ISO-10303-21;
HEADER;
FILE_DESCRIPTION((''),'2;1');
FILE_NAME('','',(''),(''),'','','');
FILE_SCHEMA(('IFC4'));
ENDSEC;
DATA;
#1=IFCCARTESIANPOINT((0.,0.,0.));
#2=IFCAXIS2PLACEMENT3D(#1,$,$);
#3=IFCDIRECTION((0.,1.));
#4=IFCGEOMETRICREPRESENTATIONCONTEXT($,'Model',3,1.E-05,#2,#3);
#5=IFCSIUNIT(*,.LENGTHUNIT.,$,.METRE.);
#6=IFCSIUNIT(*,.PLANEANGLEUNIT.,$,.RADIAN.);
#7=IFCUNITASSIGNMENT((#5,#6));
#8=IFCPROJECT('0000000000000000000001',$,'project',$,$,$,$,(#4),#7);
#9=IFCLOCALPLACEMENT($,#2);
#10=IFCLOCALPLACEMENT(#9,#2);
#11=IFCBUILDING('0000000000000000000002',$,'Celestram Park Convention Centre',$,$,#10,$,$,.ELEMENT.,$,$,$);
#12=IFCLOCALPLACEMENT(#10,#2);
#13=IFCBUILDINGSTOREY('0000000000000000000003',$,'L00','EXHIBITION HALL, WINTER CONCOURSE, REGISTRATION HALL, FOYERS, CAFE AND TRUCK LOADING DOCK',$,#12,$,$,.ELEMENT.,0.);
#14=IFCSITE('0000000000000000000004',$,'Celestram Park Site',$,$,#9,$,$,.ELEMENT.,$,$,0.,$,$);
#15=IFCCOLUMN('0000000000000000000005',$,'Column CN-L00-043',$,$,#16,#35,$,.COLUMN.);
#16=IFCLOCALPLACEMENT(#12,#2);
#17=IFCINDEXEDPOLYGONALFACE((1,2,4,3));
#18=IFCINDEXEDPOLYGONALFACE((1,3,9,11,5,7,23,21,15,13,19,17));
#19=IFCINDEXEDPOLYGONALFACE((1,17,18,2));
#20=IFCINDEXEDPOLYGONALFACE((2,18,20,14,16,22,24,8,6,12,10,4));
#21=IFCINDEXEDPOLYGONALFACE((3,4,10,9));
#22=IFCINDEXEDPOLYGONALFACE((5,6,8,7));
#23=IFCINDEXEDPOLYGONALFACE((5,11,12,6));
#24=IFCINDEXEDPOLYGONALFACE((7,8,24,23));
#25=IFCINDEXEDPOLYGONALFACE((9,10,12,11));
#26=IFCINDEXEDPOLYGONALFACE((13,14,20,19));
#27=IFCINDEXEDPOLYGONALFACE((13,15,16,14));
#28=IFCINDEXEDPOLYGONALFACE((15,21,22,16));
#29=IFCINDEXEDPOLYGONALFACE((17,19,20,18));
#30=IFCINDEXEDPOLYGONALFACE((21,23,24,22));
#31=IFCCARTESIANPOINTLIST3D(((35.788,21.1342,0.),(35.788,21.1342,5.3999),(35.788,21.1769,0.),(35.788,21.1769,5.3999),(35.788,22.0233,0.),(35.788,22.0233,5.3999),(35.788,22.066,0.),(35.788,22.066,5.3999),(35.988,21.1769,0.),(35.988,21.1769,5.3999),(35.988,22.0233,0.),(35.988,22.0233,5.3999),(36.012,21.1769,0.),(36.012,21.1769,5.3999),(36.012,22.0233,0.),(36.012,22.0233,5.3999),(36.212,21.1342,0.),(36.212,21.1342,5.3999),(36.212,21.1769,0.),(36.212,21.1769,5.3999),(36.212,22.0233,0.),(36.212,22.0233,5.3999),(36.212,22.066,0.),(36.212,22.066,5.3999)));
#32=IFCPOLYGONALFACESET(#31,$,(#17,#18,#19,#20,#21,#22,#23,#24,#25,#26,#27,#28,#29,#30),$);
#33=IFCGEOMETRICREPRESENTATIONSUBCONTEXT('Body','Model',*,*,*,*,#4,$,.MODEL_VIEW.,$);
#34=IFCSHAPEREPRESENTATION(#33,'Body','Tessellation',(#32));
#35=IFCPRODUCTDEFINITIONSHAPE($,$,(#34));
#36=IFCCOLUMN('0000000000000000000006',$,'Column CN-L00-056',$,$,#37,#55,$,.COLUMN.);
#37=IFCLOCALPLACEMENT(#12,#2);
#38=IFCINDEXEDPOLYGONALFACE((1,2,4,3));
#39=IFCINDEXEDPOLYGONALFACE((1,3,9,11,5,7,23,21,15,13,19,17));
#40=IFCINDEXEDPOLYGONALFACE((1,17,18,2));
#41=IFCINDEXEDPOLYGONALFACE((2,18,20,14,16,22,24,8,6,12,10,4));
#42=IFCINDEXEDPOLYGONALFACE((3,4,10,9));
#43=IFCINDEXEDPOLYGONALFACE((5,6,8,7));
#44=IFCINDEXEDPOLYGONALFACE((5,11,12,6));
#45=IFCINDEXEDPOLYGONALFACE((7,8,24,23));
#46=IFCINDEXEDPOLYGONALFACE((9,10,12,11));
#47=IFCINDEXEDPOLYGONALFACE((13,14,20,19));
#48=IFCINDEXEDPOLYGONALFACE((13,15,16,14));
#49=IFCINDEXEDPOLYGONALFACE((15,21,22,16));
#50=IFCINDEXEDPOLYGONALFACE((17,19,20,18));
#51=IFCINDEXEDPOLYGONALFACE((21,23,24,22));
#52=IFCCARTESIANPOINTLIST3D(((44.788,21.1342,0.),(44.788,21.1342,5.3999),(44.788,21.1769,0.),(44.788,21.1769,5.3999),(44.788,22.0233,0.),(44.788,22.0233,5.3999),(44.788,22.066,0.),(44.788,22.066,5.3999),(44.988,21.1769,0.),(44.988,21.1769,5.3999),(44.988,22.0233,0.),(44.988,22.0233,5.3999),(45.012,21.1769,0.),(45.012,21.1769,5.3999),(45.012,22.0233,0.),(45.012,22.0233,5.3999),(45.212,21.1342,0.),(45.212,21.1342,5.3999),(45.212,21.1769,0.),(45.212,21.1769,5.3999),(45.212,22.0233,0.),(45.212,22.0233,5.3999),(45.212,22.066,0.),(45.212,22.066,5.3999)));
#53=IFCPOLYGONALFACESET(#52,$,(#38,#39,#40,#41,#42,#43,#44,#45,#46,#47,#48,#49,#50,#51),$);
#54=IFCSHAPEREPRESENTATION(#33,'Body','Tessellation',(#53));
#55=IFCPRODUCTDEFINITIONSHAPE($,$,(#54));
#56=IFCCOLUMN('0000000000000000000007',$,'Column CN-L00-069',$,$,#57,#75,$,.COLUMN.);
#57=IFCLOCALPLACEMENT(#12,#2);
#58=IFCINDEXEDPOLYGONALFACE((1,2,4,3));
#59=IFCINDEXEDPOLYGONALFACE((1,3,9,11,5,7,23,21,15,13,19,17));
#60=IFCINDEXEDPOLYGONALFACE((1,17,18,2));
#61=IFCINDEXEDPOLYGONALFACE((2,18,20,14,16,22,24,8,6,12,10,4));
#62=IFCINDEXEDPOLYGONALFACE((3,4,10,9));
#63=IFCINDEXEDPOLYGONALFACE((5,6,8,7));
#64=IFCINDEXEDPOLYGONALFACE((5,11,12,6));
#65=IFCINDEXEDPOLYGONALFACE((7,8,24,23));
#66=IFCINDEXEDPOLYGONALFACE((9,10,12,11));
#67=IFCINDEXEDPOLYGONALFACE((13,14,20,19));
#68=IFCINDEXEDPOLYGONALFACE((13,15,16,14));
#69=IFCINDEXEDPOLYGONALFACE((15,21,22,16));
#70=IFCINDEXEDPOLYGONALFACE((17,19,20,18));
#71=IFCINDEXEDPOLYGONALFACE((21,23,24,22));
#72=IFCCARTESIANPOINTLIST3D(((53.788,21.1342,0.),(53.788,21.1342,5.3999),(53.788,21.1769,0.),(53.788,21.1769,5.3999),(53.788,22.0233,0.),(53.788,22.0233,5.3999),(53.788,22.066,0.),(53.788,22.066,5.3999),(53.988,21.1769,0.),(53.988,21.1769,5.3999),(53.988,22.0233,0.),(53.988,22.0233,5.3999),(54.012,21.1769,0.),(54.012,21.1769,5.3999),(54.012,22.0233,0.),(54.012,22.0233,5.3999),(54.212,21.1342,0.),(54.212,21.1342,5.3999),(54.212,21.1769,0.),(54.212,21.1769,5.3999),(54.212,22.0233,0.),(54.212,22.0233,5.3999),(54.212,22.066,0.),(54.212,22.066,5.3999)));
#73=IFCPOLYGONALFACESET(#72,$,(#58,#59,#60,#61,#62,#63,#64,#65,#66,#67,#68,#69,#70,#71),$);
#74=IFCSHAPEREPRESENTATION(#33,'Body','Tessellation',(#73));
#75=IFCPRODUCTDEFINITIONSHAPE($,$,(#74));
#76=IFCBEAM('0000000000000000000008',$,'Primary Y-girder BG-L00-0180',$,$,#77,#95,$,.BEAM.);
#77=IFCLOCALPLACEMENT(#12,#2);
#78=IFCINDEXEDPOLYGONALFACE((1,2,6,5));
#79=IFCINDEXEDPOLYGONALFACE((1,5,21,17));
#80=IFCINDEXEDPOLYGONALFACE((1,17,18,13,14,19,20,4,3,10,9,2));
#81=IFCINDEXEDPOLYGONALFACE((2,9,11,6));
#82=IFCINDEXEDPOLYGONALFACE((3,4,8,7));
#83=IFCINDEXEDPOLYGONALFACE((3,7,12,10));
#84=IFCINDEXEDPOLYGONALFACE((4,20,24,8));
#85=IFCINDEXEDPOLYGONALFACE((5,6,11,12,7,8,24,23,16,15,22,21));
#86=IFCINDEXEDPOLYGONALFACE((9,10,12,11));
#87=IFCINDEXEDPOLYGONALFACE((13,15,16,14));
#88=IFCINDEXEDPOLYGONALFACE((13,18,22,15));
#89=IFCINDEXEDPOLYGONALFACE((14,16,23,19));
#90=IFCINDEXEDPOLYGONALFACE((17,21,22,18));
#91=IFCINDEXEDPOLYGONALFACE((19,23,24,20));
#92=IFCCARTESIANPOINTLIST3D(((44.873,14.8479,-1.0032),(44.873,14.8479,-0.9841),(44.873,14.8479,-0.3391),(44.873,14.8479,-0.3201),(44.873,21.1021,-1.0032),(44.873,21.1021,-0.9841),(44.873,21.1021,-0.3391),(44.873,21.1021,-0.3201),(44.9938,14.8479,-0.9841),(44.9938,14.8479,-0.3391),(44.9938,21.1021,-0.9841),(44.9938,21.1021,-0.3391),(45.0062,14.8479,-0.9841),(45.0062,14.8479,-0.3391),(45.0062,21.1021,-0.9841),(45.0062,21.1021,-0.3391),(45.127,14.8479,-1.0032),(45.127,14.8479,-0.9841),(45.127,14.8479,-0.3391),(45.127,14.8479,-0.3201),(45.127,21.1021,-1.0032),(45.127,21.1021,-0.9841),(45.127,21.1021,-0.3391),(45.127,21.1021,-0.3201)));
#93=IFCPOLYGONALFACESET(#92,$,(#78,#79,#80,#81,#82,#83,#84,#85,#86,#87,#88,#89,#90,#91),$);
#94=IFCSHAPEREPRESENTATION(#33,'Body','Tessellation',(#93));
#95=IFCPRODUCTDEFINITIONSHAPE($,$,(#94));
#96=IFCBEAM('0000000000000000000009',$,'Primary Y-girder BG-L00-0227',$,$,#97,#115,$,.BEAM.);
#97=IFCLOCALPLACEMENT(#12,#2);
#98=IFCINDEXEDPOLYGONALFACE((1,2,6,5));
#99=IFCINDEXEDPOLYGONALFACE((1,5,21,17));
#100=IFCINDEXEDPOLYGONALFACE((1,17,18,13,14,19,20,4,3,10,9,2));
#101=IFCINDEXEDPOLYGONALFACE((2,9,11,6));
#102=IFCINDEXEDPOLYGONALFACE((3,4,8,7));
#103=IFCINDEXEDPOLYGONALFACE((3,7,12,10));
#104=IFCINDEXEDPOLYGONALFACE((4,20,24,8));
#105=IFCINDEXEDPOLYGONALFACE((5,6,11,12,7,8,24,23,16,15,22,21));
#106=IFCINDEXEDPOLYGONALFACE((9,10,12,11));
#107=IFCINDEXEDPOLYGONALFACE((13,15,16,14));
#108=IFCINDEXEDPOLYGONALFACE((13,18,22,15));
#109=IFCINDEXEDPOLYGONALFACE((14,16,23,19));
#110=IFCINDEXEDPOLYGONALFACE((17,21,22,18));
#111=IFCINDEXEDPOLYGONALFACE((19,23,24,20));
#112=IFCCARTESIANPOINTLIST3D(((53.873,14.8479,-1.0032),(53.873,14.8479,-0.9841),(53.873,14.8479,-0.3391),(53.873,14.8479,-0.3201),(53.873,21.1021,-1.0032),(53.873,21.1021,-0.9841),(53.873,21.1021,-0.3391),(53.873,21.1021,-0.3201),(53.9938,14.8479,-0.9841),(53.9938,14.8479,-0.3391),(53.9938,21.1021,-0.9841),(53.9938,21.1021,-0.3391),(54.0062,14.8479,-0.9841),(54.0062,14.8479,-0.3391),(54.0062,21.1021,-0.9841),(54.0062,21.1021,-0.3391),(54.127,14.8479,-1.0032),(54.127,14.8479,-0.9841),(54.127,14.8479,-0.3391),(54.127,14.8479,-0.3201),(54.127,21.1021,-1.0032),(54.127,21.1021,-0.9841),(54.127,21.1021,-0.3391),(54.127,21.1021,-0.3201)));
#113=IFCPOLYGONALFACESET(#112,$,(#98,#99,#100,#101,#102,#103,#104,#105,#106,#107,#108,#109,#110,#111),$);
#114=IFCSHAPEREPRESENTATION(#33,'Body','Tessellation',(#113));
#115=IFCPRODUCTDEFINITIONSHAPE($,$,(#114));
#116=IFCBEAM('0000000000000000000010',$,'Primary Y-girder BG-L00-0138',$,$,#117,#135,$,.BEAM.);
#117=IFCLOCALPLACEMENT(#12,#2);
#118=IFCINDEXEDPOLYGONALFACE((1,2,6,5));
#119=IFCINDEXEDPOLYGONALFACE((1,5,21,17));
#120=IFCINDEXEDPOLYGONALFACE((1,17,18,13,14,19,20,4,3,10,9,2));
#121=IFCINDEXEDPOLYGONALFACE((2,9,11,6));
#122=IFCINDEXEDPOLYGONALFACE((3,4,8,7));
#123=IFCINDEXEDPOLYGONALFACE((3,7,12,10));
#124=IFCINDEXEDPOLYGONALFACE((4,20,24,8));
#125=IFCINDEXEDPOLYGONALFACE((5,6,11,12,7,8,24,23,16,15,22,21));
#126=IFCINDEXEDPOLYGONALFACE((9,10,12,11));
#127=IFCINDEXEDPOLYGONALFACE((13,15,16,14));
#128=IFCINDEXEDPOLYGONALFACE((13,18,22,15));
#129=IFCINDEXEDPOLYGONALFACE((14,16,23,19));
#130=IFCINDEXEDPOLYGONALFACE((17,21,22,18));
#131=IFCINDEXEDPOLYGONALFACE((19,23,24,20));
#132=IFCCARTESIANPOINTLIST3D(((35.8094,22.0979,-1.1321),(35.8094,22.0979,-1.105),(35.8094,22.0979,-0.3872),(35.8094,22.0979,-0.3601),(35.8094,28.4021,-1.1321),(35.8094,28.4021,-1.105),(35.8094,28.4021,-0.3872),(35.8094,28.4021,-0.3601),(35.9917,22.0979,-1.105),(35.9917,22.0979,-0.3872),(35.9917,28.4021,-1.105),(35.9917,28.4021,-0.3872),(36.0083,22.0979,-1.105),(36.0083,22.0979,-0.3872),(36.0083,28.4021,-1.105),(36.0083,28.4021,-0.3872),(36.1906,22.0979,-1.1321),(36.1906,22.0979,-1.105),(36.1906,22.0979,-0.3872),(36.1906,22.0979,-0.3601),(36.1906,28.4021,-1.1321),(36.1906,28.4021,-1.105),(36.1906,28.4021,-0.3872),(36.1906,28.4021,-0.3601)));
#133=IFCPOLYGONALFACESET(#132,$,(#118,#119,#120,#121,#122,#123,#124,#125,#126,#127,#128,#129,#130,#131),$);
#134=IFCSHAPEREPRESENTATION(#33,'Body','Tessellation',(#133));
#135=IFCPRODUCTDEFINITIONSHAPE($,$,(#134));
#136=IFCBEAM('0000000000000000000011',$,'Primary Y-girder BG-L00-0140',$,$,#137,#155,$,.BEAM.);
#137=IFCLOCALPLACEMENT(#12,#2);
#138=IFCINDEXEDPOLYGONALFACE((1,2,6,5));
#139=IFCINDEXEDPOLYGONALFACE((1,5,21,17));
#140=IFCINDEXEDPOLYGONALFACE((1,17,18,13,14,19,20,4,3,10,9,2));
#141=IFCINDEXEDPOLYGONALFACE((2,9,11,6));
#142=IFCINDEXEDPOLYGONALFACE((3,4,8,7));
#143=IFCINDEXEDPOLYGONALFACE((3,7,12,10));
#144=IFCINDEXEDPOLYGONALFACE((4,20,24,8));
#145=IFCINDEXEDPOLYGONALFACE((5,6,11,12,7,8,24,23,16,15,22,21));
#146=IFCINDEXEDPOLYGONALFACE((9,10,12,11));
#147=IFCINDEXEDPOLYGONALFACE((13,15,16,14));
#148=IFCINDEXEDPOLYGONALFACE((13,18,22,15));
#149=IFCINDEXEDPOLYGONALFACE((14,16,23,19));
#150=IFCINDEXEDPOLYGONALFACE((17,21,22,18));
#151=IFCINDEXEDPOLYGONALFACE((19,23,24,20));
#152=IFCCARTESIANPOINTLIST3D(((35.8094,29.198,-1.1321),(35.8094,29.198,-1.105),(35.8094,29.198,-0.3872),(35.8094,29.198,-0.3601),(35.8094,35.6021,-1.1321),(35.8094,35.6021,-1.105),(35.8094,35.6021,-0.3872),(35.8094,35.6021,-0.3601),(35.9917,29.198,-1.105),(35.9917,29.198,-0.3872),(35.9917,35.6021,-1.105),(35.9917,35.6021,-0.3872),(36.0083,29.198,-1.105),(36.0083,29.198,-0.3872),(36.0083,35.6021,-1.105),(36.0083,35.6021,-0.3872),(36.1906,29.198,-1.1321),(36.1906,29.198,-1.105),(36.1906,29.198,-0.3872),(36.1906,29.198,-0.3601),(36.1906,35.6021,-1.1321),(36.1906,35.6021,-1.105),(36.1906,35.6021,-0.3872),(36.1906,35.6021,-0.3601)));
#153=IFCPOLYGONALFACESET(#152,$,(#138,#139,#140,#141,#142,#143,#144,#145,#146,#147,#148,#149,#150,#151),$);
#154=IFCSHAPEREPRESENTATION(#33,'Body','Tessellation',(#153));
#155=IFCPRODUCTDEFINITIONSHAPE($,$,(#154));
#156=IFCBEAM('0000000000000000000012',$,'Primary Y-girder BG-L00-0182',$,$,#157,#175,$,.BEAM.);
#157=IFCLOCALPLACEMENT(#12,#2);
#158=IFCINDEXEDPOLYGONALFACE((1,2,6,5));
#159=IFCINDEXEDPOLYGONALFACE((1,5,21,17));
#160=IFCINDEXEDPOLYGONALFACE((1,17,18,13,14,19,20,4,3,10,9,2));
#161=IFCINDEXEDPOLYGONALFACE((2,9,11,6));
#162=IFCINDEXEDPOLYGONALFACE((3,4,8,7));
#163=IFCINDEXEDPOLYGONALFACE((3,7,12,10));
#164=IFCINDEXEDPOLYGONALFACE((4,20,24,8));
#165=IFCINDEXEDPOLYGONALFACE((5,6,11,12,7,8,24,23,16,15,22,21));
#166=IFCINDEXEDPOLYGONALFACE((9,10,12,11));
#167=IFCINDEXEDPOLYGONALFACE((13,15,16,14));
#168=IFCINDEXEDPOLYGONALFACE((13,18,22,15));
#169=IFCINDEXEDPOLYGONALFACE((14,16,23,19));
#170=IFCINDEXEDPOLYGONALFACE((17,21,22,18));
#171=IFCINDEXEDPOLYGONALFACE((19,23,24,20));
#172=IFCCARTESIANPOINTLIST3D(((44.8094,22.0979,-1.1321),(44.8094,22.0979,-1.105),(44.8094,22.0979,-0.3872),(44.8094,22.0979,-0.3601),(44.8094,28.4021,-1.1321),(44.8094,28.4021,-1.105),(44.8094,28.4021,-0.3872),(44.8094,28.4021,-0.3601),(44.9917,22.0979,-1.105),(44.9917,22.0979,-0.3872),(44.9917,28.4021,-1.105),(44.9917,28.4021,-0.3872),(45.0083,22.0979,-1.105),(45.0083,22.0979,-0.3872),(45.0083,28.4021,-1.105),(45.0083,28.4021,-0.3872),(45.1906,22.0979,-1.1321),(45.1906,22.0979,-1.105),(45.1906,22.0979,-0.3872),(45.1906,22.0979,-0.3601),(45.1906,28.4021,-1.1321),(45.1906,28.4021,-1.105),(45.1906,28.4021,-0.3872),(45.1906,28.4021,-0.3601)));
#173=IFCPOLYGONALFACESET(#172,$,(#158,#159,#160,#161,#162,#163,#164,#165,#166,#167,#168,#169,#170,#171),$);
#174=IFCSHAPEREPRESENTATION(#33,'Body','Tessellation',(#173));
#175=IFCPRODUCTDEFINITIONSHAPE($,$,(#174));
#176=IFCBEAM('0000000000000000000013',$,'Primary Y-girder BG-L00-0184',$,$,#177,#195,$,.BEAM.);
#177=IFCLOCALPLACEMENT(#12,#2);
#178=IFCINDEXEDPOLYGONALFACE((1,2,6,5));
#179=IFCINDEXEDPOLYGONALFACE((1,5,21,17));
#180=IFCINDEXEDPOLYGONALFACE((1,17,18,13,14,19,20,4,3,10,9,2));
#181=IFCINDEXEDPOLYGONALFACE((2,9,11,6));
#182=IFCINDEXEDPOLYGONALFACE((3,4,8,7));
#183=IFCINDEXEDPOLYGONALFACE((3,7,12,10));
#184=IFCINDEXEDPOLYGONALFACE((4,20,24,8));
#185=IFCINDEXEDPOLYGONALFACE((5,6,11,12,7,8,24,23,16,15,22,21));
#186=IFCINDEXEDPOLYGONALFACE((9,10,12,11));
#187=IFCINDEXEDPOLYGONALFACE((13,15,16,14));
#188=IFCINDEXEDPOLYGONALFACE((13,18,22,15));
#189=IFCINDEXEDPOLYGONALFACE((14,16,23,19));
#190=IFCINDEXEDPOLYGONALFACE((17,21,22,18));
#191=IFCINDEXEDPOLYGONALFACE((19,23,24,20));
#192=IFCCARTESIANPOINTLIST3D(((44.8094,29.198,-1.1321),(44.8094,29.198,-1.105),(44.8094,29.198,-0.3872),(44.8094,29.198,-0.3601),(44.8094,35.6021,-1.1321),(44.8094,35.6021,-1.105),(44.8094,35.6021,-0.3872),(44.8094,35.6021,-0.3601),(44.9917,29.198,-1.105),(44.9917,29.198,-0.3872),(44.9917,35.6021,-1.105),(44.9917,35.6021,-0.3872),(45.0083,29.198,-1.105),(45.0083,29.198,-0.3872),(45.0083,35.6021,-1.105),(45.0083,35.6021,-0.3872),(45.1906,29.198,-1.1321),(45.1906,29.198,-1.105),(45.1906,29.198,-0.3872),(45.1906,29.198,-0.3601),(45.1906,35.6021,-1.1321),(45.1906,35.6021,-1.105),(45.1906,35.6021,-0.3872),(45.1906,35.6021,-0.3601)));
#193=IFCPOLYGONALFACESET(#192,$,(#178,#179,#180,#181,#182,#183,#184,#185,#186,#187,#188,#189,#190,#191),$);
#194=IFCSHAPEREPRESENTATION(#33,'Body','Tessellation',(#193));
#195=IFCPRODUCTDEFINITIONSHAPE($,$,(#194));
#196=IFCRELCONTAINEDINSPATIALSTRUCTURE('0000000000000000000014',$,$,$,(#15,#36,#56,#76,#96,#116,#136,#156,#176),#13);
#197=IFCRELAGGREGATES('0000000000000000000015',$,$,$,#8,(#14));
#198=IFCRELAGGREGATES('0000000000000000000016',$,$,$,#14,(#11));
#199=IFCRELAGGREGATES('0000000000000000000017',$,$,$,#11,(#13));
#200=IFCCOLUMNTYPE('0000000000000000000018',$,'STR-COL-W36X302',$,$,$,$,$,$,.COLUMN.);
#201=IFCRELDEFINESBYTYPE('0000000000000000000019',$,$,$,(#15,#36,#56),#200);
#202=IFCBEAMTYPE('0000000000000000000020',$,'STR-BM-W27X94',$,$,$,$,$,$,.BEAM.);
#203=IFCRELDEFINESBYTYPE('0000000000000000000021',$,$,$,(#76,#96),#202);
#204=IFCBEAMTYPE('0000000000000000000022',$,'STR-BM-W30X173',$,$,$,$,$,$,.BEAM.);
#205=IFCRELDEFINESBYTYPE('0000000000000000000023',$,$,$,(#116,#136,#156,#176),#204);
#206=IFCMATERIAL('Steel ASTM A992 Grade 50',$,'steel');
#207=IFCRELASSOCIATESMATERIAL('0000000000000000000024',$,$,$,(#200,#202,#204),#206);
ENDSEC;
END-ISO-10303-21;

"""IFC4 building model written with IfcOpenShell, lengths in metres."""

from ifc_helpers import new_model, si_unit, direction, frame, origin, origin_2d, place, context, subcontext, project, spatial, i_section, extrude, material, material_profile, profile_set, type_object, element, save


model = new_model("IFC4")

# Units and contexts
model_context = context("Model", 3, precision=1e-05, world=origin(), true_north=direction((0.0, 1.0)))
body_context = subcontext(model_context, "Body", "Model", "MODEL_VIEW")
ifc_project = project(units=[si_unit("LENGTHUNIT", "METRE"), si_unit("PLANEANGLEUNIT", "RADIAN")], contexts=[model_context])

# Site, building, storey
site_placement = place(None, origin())
site = spatial("IfcSite", under=ifc_project, at=site_placement, Name="Celestram Park Site", CompositionType="ELEMENT", RefElevation=0.0)
building_placement = place(site_placement, origin())
building = spatial("IfcBuilding", under=site, at=building_placement, Name="Celestram Park Convention Centre", CompositionType="ELEMENT")
storey_placement = place(building_placement, origin())
storey = spatial("IfcBuildingStorey", under=building, at=storey_placement, Name="L00", Description="EXHIBITION HALL, WINTER CONCOURSE, REGISTRATION HALL, FOYERS, CAFE AND TRUCK LOADING DOCK", CompositionType="ELEMENT", Elevation=0.0)

# Columns
ifc_material_1 = material(Name="Steel ASTM A992 Grade 50", Category="steel")
ifc_material_profile_1 = material_profile(ifc_material_1, i_section(OverallWidth=0.4241, OverallDepth=0.9319, WebThickness=0.0239, FlangeThickness=0.0427, at=origin_2d()), Name="W36X302")
ifc_profile_set_1 = profile_set([ifc_material_profile_1], Name="Steel ASTM A992 Grade 50")
column_type = type_object("IfcColumnType", Name="STR-COL-W36X302", PredefinedType="COLUMN", material=ifc_profile_set_1)
for number, where, z_axis, x_axis, name in (
    (1, (36.0, 21.6001, 0.0), (0.0, 0.0, 1.0), (1.0, 0.0, 0.0), "Column CN-L00-043"),
    (2, (45.0, 21.6001, 0.0), (0.0, 0.0, 1.0), (1.0, 0.0, 0.0), "Column CN-L00-056"),
    (3, (54.0, 21.6001, 0.0), (0.0, 0.0, 1.0), (1.0, 0.0, 0.0), "Column CN-L00-069"),
):
    element("IfcColumn", number, at=place(storey_placement, frame(where, z_axis=z_axis, x_axis=x_axis)), inside=storey, type_object=column_type, Name=name, PredefinedType="COLUMN", context=body_context, shape_type="SweptSolid", body=[
        extrude(i_section(OverallWidth=0.4241, OverallDepth=0.9319, WebThickness=0.0239, FlangeThickness=0.0427, at=origin_2d()), origin(), (0.0, 0.0, 1.0), 5.3999),
    ])

# Beams
ifc_material_profile_2 = material_profile(ifc_material_1, i_section(OverallWidth=0.2539, OverallDepth=0.6831, WebThickness=0.0125, FlangeThickness=0.019, at=origin_2d()), Name="W27X94")
ifc_profile_set_2 = profile_set([ifc_material_profile_2], Name="Steel ASTM A992 Grade 50")
beam_type_1 = type_object("IfcBeamType", Name="STR-BM-W27X94", PredefinedType="BEAM", material=ifc_profile_set_2)
for number, where, z_axis, x_axis, name in (
    (4, (45.0, 14.8479, -0.6616), (0.0, 1.0, 0.0), (-1.0, 0.0, 0.0), "Primary Y-girder BG-L00-0180"),
    (5, (54.0, 14.8479, -0.6616), (0.0, 1.0, 0.0), (-1.0, 0.0, 0.0), "Primary Y-girder BG-L00-0227"),
):
    element("IfcBeam", number, at=place(storey_placement, frame(where, z_axis=z_axis, x_axis=x_axis)), inside=storey, type_object=beam_type_1, Name=name, PredefinedType="BEAM", context=body_context, shape_type="SweptSolid", body=[
        extrude(i_section(OverallWidth=0.2539, OverallDepth=0.6831, WebThickness=0.0125, FlangeThickness=0.019, at=origin_2d()), origin(), (0.0, 0.0, 1.0), 6.2542),
    ])
ifc_material_profile_3 = material_profile(ifc_material_1, i_section(OverallWidth=0.3811, OverallDepth=0.772, WebThickness=0.0166, FlangeThickness=0.0271, at=origin_2d()), Name="W30X173")
ifc_profile_set_3 = profile_set([ifc_material_profile_3], Name="Steel ASTM A992 Grade 50")
beam_type_2 = type_object("IfcBeamType", Name="STR-BM-W30X173", PredefinedType="BEAM", material=ifc_profile_set_3)
beam_1_placement = place(storey_placement, frame((36.0, 22.0979, -0.7461), z_axis=(0.0, 1.0, 0.0), x_axis=(-1.0, 0.0, 0.0)))
element("IfcBeam", 6, at=beam_1_placement, inside=storey, type_object=beam_type_2, Name="Primary Y-girder BG-L00-0138", PredefinedType="BEAM", context=body_context, shape_type="SweptSolid", body=[
    extrude(i_section(OverallWidth=0.3811, OverallDepth=0.772, WebThickness=0.0166, FlangeThickness=0.0271, at=origin_2d()), origin(), (0.0, 0.0, 1.0), 6.3042),
])
beam_2_placement = place(storey_placement, frame((36.0, 29.198, -0.7461), z_axis=(0.0, 1.0, 0.0), x_axis=(-1.0, 0.0, 0.0)))
element("IfcBeam", 7, at=beam_2_placement, inside=storey, type_object=beam_type_2, Name="Primary Y-girder BG-L00-0140", PredefinedType="BEAM", context=body_context, shape_type="SweptSolid", body=[
    extrude(i_section(OverallWidth=0.3811, OverallDepth=0.772, WebThickness=0.0166, FlangeThickness=0.0271, at=origin_2d()), origin(), (0.0, 0.0, 1.0), 6.4041),
])
beam_3_placement = place(storey_placement, frame((45.0, 22.0979, -0.7461), z_axis=(0.0, 1.0, 0.0), x_axis=(-1.0, 0.0, 0.0)))
element("IfcBeam", 8, at=beam_3_placement, inside=storey, type_object=beam_type_2, Name="Primary Y-girder BG-L00-0182", PredefinedType="BEAM", context=body_context, shape_type="SweptSolid", body=[
    extrude(i_section(OverallWidth=0.3811, OverallDepth=0.772, WebThickness=0.0166, FlangeThickness=0.0271, at=origin_2d()), origin(), (0.0, 0.0, 1.0), 6.3042),
])
beam_4_placement = place(storey_placement, frame((45.0, 29.198, -0.7461), z_axis=(0.0, 1.0, 0.0), x_axis=(-1.0, 0.0, 0.0)))
element("IfcBeam", 9, at=beam_4_placement, inside=storey, type_object=beam_type_2, Name="Primary Y-girder BG-L00-0184", PredefinedType="BEAM", context=body_context, shape_type="SweptSolid", body=[
    extrude(i_section(OverallWidth=0.3811, OverallDepth=0.772, WebThickness=0.0166, FlangeThickness=0.0271, at=origin_2d()), origin(), (0.0, 0.0, 1.0), 6.4041),
])

save(model, "model.ifc")
